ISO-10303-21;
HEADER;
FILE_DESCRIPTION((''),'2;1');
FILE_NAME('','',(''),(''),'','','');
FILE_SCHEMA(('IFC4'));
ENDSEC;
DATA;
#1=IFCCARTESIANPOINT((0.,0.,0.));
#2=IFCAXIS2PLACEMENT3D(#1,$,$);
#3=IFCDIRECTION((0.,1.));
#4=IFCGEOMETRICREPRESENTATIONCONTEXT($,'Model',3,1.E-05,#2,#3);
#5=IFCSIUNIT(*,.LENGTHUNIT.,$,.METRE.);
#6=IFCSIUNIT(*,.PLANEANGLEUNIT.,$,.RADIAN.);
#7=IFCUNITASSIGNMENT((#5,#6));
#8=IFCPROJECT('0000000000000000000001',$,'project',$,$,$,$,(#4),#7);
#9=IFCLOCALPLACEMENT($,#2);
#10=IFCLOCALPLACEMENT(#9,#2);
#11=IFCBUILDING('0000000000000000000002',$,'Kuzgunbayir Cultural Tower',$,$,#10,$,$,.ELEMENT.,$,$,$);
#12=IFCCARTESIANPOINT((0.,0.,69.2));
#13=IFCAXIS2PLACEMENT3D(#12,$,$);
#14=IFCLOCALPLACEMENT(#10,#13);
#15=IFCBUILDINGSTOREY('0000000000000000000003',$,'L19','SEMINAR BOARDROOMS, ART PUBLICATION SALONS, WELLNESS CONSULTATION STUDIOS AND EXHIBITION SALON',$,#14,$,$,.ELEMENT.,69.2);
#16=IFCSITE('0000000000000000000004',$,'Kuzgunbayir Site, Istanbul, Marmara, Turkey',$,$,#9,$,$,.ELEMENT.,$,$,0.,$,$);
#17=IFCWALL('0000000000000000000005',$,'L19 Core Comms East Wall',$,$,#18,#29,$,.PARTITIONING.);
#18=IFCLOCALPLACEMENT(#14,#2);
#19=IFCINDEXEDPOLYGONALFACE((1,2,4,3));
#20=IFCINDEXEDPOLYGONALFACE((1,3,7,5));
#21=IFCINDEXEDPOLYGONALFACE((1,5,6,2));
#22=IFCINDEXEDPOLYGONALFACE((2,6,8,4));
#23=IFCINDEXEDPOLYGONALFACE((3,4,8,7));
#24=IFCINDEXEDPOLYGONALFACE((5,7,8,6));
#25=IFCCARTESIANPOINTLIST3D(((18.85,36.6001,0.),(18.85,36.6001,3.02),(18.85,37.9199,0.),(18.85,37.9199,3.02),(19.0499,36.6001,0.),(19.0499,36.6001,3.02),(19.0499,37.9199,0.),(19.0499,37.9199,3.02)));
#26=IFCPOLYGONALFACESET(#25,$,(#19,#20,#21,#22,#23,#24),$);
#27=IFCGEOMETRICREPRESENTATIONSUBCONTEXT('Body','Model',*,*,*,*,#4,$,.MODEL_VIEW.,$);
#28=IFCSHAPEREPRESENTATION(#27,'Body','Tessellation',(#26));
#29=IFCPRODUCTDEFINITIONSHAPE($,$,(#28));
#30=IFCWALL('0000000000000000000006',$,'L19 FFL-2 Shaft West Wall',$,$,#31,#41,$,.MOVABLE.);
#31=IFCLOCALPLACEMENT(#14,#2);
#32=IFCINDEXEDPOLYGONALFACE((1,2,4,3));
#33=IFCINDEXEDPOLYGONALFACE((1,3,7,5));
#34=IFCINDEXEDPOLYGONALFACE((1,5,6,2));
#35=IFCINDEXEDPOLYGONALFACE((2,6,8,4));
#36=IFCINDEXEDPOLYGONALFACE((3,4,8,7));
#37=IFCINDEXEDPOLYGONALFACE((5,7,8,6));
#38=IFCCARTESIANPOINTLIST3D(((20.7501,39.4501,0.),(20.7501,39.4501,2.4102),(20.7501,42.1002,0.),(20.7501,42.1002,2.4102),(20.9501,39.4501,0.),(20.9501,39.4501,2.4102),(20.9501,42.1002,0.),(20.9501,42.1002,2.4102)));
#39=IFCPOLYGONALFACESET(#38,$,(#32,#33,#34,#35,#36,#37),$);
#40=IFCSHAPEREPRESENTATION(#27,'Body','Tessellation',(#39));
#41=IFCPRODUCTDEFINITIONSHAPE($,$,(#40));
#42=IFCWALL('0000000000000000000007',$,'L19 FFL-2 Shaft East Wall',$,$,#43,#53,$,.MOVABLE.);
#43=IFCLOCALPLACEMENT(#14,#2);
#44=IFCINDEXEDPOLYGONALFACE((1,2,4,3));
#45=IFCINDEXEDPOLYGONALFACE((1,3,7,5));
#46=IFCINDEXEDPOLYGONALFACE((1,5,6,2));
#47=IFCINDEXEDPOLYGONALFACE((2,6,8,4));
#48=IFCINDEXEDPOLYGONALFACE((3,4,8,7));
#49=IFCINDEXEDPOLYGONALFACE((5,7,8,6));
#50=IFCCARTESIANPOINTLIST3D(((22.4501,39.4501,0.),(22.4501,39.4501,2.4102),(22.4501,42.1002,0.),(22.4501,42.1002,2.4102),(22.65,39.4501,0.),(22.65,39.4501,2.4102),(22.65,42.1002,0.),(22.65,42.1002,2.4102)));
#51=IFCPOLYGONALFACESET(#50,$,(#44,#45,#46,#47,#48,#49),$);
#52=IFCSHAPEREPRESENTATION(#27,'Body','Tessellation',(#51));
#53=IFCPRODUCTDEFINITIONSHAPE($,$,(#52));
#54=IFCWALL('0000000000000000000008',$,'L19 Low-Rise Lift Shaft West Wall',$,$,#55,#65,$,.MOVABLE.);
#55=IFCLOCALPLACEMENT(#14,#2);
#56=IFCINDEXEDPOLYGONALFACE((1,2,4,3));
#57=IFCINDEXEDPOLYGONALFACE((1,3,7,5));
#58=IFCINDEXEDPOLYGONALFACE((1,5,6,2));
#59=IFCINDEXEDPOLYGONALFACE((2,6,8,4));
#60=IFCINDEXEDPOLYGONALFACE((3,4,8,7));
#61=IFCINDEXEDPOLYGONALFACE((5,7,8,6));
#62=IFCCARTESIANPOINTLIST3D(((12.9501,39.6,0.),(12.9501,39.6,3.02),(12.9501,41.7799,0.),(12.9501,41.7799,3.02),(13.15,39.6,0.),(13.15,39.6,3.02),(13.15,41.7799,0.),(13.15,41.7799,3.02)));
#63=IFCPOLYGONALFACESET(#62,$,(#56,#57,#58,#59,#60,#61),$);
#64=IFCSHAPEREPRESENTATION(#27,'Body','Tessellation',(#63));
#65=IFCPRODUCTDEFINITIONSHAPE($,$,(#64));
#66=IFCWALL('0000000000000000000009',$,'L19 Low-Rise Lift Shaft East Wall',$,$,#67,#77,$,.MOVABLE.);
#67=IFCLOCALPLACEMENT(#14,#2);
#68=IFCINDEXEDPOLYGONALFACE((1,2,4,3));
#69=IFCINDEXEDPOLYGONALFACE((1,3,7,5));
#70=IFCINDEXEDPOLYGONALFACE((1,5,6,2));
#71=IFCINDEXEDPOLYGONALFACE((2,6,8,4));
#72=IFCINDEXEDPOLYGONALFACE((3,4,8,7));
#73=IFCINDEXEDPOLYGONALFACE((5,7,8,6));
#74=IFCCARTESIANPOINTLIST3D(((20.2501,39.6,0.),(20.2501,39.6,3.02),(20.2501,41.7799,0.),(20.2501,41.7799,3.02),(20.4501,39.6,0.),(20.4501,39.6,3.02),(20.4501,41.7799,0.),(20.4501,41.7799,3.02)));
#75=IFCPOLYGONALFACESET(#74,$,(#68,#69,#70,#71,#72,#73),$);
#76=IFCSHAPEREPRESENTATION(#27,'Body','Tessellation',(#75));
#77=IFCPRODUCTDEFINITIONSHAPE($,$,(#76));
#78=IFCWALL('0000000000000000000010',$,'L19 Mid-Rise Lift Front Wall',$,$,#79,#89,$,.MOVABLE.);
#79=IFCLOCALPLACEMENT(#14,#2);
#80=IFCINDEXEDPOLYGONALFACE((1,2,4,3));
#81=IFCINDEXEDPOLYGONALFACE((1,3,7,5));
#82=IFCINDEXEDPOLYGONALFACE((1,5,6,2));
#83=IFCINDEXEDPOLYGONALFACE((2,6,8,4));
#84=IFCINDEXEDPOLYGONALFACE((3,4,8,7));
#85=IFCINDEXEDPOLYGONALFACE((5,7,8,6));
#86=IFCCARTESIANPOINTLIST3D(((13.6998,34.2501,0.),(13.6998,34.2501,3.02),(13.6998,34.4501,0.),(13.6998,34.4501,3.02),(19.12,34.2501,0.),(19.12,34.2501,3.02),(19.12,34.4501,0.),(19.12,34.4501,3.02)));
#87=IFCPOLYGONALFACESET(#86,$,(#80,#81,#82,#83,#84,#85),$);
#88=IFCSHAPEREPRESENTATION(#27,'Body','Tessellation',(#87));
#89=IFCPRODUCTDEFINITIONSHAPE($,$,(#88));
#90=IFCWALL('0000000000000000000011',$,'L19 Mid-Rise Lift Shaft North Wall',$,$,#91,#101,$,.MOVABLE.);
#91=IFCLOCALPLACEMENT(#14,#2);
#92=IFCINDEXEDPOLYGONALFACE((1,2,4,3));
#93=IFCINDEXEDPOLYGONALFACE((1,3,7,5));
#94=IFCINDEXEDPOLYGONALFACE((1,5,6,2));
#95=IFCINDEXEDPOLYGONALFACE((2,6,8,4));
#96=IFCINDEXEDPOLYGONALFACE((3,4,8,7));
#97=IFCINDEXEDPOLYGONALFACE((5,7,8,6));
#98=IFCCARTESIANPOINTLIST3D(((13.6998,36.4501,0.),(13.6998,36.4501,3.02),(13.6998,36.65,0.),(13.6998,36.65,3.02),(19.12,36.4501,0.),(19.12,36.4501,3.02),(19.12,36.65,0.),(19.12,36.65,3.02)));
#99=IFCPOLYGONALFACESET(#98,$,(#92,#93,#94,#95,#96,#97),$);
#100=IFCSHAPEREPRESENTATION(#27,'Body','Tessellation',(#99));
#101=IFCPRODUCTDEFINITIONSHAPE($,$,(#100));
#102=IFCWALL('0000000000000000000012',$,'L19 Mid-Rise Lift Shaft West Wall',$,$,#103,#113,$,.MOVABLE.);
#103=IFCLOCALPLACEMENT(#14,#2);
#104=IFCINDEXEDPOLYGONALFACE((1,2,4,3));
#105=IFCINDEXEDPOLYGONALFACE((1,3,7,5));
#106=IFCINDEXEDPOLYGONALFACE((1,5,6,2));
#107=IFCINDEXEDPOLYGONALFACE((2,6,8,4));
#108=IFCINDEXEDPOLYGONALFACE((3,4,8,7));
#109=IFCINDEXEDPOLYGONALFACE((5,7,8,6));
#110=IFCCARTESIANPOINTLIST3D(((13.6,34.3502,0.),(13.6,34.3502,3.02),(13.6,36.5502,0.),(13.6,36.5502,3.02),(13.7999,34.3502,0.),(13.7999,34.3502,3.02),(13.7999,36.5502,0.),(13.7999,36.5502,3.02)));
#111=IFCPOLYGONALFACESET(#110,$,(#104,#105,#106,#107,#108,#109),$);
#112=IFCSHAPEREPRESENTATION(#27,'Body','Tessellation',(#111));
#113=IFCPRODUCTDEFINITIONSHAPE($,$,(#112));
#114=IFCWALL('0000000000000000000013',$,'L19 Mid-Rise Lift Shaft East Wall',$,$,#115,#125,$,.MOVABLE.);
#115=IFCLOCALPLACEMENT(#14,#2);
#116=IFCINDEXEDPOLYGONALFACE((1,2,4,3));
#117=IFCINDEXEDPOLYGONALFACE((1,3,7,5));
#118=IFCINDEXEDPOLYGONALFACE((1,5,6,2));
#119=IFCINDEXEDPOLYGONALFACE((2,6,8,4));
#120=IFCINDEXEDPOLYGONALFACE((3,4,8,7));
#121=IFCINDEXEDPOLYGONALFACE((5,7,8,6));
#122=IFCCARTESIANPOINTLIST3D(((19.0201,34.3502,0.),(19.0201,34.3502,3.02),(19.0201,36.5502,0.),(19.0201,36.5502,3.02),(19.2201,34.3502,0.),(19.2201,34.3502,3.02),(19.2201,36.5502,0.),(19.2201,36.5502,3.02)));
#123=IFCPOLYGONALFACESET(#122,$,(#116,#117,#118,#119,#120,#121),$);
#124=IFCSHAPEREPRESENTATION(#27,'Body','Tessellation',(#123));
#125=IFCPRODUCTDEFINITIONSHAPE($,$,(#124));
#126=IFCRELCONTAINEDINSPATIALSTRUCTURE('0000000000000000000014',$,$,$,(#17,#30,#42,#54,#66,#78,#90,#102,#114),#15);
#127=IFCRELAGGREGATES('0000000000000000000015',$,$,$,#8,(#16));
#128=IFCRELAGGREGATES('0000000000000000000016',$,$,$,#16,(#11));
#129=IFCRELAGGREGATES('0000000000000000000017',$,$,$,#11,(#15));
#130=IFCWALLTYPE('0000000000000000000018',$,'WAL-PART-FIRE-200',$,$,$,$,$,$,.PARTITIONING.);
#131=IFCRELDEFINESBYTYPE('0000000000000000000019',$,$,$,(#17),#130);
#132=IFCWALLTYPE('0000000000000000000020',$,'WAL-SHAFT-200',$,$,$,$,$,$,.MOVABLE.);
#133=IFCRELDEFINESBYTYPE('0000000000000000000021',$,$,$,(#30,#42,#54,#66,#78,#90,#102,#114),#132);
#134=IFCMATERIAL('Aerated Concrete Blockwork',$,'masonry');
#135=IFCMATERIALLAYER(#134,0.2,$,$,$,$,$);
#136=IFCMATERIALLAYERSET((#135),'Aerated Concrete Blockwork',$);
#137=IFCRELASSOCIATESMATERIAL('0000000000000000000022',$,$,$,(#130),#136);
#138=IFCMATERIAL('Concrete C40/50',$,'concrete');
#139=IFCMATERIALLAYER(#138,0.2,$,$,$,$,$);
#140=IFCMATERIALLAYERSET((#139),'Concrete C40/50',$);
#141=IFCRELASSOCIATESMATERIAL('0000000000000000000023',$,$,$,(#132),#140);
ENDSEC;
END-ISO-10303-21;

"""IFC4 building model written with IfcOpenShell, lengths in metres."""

from ifc_helpers import new_model, si_unit, direction, frame, frame_2d, origin, place, context, subcontext, project, spatial, rectangle, extrude, material, layer, layer_set, type_object, element, save


model = new_model("IFC4")

# Units and contexts
model_context = context("Model", 3, precision=1e-05, world=origin(), true_north=direction((0.0, 1.0)))
body_context = subcontext(model_context, "Body", "Model", "MODEL_VIEW")
ifc_project = project(units=[si_unit("LENGTHUNIT", "METRE"), si_unit("PLANEANGLEUNIT", "RADIAN")], contexts=[model_context])

# Site, building, storey
site_placement = place(None, origin())
site = spatial("IfcSite", under=ifc_project, at=site_placement, Name="Kuzgunbayir Site, Istanbul, Marmara, Turkey", CompositionType="ELEMENT", RefElevation=0.0)
building_placement = place(site_placement, origin())
building = spatial("IfcBuilding", under=site, at=building_placement, Name="Kuzgunbayir Cultural Tower", CompositionType="ELEMENT")
storey_placement = place(building_placement, frame((0.0, 0.0, 69.2)))
storey = spatial("IfcBuildingStorey", under=building, at=storey_placement, Name="L19", Description="SEMINAR BOARDROOMS, ART PUBLICATION SALONS, WELLNESS CONSULTATION STUDIOS AND EXHIBITION SALON", CompositionType="ELEMENT", Elevation=69.2)

# Shared definitions
ifc_material_1 = material(Name="Aerated Concrete Blockwork", Category="masonry")
ifc_layer_1 = layer(ifc_material_1, 0.2)
ifc_layer_set_1 = layer_set([ifc_layer_1], Name="Aerated Concrete Blockwork")
wall_type_1 = type_object("IfcWallType", Name="WAL-PART-FIRE-200", PredefinedType="PARTITIONING", material=ifc_layer_set_1)

# Wall
wall_1_placement = place(storey_placement, frame((18.95, 36.6001, 0.0), z_axis=(0.0, 0.0, 1.0), x_axis=(0.0, 1.0, 0.0)))
element("IfcWall", 1, at=wall_1_placement, inside=storey, type_object=wall_type_1, Name="L19 Core Comms East Wall", PredefinedType="PARTITIONING", context=body_context, shape_type="SweptSolid", body=[
    extrude(rectangle(XDim=1.3198, YDim=0.2, at=frame_2d((0.6599, 0.0))), origin(), (0.0, 0.0, 1.0), 3.02),
])

# Shared definitions
ifc_material_2 = material(Name="Concrete C40/50", Category="concrete")
ifc_layer_2 = layer(ifc_material_2, 0.2)
ifc_layer_set_2 = layer_set([ifc_layer_2], Name="Concrete C40/50")
wall_type_2 = type_object("IfcWallType", Name="WAL-SHAFT-200", PredefinedType="MOVABLE", material=ifc_layer_set_2)

# Walls
for number, where, z_axis, x_axis, name in (
    (2, (20.8501, 39.45, 0.0), (0.0, 0.0, 1.0), (0.0, 1.0, 0.0), "L19 FFL-2 Shaft West Wall"),
    (3, (22.55, 39.45, 0.0), (0.0, 0.0, 1.0), (0.0, 1.0, 0.0), "L19 FFL-2 Shaft East Wall"),
):
    element("IfcWall", number, at=place(storey_placement, frame(where, z_axis=z_axis, x_axis=x_axis)), inside=storey, type_object=wall_type_2, Name=name, PredefinedType="MOVABLE", context=body_context, shape_type="SweptSolid", body=[
        extrude(rectangle(XDim=2.6501, YDim=0.2, at=frame_2d((1.3252, 0.0))), origin(), (0.0, 0.0, 1.0), 2.4102),
    ])
for number, where, z_axis, x_axis, name in (
    (4, (13.05, 39.6001, 0.0), (0.0, 0.0, 1.0), (0.0, 1.0, 0.0), "L19 Low-Rise Lift Shaft West Wall"),
    (5, (20.3501, 39.6001, 0.0), (0.0, 0.0, 1.0), (0.0, 1.0, 0.0), "L19 Low-Rise Lift Shaft East Wall"),
):
    element("IfcWall", number, at=place(storey_placement, frame(where, z_axis=z_axis, x_axis=x_axis)), inside=storey, type_object=wall_type_2, Name=name, PredefinedType="MOVABLE", context=body_context, shape_type="SweptSolid", body=[
        extrude(rectangle(XDim=2.1799, YDim=0.2, at=frame_2d((1.0898, 0.0))), origin(), (0.0, 0.0, 1.0), 3.02),
    ])
for number, where, z_axis, x_axis, name in (
    (6, (13.7, 34.3501, 0.0), (0.0, 0.0, 1.0), (1.0, 0.0, 0.0), "L19 Mid-Rise Lift Front Wall"),
    (7, (13.7, 36.55, 0.0), (0.0, 0.0, 1.0), (1.0, 0.0, 0.0), "L19 Mid-Rise Lift Shaft North Wall"),
):
    element("IfcWall", number, at=place(storey_placement, frame(where, z_axis=z_axis, x_axis=x_axis)), inside=storey, type_object=wall_type_2, Name=name, PredefinedType="MOVABLE", context=body_context, shape_type="SweptSolid", body=[
        extrude(rectangle(XDim=5.4202, YDim=0.2, at=frame_2d((2.71, 0.0))), origin(), (0.0, 0.0, 1.0), 3.02),
    ])
for number, where, z_axis, x_axis, name in (
    (8, (13.7, 34.3501, 0.0), (0.0, 0.0, 1.0), (0.0, 1.0, 0.0), "L19 Mid-Rise Lift Shaft West Wall"),
    (9, (19.1201, 34.3501, 0.0), (0.0, 0.0, 1.0), (0.0, 1.0, 0.0), "L19 Mid-Rise Lift Shaft East Wall"),
):
    element("IfcWall", number, at=place(storey_placement, frame(where, z_axis=z_axis, x_axis=x_axis)), inside=storey, type_object=wall_type_2, Name=name, PredefinedType="MOVABLE", context=body_context, shape_type="SweptSolid", body=[
        extrude(rectangle(XDim=2.2, YDim=0.2, at=frame_2d((1.1001, 0.0))), origin(), (0.0, 0.0, 1.0), 3.02),
    ])

save(model, "model.ifc")
